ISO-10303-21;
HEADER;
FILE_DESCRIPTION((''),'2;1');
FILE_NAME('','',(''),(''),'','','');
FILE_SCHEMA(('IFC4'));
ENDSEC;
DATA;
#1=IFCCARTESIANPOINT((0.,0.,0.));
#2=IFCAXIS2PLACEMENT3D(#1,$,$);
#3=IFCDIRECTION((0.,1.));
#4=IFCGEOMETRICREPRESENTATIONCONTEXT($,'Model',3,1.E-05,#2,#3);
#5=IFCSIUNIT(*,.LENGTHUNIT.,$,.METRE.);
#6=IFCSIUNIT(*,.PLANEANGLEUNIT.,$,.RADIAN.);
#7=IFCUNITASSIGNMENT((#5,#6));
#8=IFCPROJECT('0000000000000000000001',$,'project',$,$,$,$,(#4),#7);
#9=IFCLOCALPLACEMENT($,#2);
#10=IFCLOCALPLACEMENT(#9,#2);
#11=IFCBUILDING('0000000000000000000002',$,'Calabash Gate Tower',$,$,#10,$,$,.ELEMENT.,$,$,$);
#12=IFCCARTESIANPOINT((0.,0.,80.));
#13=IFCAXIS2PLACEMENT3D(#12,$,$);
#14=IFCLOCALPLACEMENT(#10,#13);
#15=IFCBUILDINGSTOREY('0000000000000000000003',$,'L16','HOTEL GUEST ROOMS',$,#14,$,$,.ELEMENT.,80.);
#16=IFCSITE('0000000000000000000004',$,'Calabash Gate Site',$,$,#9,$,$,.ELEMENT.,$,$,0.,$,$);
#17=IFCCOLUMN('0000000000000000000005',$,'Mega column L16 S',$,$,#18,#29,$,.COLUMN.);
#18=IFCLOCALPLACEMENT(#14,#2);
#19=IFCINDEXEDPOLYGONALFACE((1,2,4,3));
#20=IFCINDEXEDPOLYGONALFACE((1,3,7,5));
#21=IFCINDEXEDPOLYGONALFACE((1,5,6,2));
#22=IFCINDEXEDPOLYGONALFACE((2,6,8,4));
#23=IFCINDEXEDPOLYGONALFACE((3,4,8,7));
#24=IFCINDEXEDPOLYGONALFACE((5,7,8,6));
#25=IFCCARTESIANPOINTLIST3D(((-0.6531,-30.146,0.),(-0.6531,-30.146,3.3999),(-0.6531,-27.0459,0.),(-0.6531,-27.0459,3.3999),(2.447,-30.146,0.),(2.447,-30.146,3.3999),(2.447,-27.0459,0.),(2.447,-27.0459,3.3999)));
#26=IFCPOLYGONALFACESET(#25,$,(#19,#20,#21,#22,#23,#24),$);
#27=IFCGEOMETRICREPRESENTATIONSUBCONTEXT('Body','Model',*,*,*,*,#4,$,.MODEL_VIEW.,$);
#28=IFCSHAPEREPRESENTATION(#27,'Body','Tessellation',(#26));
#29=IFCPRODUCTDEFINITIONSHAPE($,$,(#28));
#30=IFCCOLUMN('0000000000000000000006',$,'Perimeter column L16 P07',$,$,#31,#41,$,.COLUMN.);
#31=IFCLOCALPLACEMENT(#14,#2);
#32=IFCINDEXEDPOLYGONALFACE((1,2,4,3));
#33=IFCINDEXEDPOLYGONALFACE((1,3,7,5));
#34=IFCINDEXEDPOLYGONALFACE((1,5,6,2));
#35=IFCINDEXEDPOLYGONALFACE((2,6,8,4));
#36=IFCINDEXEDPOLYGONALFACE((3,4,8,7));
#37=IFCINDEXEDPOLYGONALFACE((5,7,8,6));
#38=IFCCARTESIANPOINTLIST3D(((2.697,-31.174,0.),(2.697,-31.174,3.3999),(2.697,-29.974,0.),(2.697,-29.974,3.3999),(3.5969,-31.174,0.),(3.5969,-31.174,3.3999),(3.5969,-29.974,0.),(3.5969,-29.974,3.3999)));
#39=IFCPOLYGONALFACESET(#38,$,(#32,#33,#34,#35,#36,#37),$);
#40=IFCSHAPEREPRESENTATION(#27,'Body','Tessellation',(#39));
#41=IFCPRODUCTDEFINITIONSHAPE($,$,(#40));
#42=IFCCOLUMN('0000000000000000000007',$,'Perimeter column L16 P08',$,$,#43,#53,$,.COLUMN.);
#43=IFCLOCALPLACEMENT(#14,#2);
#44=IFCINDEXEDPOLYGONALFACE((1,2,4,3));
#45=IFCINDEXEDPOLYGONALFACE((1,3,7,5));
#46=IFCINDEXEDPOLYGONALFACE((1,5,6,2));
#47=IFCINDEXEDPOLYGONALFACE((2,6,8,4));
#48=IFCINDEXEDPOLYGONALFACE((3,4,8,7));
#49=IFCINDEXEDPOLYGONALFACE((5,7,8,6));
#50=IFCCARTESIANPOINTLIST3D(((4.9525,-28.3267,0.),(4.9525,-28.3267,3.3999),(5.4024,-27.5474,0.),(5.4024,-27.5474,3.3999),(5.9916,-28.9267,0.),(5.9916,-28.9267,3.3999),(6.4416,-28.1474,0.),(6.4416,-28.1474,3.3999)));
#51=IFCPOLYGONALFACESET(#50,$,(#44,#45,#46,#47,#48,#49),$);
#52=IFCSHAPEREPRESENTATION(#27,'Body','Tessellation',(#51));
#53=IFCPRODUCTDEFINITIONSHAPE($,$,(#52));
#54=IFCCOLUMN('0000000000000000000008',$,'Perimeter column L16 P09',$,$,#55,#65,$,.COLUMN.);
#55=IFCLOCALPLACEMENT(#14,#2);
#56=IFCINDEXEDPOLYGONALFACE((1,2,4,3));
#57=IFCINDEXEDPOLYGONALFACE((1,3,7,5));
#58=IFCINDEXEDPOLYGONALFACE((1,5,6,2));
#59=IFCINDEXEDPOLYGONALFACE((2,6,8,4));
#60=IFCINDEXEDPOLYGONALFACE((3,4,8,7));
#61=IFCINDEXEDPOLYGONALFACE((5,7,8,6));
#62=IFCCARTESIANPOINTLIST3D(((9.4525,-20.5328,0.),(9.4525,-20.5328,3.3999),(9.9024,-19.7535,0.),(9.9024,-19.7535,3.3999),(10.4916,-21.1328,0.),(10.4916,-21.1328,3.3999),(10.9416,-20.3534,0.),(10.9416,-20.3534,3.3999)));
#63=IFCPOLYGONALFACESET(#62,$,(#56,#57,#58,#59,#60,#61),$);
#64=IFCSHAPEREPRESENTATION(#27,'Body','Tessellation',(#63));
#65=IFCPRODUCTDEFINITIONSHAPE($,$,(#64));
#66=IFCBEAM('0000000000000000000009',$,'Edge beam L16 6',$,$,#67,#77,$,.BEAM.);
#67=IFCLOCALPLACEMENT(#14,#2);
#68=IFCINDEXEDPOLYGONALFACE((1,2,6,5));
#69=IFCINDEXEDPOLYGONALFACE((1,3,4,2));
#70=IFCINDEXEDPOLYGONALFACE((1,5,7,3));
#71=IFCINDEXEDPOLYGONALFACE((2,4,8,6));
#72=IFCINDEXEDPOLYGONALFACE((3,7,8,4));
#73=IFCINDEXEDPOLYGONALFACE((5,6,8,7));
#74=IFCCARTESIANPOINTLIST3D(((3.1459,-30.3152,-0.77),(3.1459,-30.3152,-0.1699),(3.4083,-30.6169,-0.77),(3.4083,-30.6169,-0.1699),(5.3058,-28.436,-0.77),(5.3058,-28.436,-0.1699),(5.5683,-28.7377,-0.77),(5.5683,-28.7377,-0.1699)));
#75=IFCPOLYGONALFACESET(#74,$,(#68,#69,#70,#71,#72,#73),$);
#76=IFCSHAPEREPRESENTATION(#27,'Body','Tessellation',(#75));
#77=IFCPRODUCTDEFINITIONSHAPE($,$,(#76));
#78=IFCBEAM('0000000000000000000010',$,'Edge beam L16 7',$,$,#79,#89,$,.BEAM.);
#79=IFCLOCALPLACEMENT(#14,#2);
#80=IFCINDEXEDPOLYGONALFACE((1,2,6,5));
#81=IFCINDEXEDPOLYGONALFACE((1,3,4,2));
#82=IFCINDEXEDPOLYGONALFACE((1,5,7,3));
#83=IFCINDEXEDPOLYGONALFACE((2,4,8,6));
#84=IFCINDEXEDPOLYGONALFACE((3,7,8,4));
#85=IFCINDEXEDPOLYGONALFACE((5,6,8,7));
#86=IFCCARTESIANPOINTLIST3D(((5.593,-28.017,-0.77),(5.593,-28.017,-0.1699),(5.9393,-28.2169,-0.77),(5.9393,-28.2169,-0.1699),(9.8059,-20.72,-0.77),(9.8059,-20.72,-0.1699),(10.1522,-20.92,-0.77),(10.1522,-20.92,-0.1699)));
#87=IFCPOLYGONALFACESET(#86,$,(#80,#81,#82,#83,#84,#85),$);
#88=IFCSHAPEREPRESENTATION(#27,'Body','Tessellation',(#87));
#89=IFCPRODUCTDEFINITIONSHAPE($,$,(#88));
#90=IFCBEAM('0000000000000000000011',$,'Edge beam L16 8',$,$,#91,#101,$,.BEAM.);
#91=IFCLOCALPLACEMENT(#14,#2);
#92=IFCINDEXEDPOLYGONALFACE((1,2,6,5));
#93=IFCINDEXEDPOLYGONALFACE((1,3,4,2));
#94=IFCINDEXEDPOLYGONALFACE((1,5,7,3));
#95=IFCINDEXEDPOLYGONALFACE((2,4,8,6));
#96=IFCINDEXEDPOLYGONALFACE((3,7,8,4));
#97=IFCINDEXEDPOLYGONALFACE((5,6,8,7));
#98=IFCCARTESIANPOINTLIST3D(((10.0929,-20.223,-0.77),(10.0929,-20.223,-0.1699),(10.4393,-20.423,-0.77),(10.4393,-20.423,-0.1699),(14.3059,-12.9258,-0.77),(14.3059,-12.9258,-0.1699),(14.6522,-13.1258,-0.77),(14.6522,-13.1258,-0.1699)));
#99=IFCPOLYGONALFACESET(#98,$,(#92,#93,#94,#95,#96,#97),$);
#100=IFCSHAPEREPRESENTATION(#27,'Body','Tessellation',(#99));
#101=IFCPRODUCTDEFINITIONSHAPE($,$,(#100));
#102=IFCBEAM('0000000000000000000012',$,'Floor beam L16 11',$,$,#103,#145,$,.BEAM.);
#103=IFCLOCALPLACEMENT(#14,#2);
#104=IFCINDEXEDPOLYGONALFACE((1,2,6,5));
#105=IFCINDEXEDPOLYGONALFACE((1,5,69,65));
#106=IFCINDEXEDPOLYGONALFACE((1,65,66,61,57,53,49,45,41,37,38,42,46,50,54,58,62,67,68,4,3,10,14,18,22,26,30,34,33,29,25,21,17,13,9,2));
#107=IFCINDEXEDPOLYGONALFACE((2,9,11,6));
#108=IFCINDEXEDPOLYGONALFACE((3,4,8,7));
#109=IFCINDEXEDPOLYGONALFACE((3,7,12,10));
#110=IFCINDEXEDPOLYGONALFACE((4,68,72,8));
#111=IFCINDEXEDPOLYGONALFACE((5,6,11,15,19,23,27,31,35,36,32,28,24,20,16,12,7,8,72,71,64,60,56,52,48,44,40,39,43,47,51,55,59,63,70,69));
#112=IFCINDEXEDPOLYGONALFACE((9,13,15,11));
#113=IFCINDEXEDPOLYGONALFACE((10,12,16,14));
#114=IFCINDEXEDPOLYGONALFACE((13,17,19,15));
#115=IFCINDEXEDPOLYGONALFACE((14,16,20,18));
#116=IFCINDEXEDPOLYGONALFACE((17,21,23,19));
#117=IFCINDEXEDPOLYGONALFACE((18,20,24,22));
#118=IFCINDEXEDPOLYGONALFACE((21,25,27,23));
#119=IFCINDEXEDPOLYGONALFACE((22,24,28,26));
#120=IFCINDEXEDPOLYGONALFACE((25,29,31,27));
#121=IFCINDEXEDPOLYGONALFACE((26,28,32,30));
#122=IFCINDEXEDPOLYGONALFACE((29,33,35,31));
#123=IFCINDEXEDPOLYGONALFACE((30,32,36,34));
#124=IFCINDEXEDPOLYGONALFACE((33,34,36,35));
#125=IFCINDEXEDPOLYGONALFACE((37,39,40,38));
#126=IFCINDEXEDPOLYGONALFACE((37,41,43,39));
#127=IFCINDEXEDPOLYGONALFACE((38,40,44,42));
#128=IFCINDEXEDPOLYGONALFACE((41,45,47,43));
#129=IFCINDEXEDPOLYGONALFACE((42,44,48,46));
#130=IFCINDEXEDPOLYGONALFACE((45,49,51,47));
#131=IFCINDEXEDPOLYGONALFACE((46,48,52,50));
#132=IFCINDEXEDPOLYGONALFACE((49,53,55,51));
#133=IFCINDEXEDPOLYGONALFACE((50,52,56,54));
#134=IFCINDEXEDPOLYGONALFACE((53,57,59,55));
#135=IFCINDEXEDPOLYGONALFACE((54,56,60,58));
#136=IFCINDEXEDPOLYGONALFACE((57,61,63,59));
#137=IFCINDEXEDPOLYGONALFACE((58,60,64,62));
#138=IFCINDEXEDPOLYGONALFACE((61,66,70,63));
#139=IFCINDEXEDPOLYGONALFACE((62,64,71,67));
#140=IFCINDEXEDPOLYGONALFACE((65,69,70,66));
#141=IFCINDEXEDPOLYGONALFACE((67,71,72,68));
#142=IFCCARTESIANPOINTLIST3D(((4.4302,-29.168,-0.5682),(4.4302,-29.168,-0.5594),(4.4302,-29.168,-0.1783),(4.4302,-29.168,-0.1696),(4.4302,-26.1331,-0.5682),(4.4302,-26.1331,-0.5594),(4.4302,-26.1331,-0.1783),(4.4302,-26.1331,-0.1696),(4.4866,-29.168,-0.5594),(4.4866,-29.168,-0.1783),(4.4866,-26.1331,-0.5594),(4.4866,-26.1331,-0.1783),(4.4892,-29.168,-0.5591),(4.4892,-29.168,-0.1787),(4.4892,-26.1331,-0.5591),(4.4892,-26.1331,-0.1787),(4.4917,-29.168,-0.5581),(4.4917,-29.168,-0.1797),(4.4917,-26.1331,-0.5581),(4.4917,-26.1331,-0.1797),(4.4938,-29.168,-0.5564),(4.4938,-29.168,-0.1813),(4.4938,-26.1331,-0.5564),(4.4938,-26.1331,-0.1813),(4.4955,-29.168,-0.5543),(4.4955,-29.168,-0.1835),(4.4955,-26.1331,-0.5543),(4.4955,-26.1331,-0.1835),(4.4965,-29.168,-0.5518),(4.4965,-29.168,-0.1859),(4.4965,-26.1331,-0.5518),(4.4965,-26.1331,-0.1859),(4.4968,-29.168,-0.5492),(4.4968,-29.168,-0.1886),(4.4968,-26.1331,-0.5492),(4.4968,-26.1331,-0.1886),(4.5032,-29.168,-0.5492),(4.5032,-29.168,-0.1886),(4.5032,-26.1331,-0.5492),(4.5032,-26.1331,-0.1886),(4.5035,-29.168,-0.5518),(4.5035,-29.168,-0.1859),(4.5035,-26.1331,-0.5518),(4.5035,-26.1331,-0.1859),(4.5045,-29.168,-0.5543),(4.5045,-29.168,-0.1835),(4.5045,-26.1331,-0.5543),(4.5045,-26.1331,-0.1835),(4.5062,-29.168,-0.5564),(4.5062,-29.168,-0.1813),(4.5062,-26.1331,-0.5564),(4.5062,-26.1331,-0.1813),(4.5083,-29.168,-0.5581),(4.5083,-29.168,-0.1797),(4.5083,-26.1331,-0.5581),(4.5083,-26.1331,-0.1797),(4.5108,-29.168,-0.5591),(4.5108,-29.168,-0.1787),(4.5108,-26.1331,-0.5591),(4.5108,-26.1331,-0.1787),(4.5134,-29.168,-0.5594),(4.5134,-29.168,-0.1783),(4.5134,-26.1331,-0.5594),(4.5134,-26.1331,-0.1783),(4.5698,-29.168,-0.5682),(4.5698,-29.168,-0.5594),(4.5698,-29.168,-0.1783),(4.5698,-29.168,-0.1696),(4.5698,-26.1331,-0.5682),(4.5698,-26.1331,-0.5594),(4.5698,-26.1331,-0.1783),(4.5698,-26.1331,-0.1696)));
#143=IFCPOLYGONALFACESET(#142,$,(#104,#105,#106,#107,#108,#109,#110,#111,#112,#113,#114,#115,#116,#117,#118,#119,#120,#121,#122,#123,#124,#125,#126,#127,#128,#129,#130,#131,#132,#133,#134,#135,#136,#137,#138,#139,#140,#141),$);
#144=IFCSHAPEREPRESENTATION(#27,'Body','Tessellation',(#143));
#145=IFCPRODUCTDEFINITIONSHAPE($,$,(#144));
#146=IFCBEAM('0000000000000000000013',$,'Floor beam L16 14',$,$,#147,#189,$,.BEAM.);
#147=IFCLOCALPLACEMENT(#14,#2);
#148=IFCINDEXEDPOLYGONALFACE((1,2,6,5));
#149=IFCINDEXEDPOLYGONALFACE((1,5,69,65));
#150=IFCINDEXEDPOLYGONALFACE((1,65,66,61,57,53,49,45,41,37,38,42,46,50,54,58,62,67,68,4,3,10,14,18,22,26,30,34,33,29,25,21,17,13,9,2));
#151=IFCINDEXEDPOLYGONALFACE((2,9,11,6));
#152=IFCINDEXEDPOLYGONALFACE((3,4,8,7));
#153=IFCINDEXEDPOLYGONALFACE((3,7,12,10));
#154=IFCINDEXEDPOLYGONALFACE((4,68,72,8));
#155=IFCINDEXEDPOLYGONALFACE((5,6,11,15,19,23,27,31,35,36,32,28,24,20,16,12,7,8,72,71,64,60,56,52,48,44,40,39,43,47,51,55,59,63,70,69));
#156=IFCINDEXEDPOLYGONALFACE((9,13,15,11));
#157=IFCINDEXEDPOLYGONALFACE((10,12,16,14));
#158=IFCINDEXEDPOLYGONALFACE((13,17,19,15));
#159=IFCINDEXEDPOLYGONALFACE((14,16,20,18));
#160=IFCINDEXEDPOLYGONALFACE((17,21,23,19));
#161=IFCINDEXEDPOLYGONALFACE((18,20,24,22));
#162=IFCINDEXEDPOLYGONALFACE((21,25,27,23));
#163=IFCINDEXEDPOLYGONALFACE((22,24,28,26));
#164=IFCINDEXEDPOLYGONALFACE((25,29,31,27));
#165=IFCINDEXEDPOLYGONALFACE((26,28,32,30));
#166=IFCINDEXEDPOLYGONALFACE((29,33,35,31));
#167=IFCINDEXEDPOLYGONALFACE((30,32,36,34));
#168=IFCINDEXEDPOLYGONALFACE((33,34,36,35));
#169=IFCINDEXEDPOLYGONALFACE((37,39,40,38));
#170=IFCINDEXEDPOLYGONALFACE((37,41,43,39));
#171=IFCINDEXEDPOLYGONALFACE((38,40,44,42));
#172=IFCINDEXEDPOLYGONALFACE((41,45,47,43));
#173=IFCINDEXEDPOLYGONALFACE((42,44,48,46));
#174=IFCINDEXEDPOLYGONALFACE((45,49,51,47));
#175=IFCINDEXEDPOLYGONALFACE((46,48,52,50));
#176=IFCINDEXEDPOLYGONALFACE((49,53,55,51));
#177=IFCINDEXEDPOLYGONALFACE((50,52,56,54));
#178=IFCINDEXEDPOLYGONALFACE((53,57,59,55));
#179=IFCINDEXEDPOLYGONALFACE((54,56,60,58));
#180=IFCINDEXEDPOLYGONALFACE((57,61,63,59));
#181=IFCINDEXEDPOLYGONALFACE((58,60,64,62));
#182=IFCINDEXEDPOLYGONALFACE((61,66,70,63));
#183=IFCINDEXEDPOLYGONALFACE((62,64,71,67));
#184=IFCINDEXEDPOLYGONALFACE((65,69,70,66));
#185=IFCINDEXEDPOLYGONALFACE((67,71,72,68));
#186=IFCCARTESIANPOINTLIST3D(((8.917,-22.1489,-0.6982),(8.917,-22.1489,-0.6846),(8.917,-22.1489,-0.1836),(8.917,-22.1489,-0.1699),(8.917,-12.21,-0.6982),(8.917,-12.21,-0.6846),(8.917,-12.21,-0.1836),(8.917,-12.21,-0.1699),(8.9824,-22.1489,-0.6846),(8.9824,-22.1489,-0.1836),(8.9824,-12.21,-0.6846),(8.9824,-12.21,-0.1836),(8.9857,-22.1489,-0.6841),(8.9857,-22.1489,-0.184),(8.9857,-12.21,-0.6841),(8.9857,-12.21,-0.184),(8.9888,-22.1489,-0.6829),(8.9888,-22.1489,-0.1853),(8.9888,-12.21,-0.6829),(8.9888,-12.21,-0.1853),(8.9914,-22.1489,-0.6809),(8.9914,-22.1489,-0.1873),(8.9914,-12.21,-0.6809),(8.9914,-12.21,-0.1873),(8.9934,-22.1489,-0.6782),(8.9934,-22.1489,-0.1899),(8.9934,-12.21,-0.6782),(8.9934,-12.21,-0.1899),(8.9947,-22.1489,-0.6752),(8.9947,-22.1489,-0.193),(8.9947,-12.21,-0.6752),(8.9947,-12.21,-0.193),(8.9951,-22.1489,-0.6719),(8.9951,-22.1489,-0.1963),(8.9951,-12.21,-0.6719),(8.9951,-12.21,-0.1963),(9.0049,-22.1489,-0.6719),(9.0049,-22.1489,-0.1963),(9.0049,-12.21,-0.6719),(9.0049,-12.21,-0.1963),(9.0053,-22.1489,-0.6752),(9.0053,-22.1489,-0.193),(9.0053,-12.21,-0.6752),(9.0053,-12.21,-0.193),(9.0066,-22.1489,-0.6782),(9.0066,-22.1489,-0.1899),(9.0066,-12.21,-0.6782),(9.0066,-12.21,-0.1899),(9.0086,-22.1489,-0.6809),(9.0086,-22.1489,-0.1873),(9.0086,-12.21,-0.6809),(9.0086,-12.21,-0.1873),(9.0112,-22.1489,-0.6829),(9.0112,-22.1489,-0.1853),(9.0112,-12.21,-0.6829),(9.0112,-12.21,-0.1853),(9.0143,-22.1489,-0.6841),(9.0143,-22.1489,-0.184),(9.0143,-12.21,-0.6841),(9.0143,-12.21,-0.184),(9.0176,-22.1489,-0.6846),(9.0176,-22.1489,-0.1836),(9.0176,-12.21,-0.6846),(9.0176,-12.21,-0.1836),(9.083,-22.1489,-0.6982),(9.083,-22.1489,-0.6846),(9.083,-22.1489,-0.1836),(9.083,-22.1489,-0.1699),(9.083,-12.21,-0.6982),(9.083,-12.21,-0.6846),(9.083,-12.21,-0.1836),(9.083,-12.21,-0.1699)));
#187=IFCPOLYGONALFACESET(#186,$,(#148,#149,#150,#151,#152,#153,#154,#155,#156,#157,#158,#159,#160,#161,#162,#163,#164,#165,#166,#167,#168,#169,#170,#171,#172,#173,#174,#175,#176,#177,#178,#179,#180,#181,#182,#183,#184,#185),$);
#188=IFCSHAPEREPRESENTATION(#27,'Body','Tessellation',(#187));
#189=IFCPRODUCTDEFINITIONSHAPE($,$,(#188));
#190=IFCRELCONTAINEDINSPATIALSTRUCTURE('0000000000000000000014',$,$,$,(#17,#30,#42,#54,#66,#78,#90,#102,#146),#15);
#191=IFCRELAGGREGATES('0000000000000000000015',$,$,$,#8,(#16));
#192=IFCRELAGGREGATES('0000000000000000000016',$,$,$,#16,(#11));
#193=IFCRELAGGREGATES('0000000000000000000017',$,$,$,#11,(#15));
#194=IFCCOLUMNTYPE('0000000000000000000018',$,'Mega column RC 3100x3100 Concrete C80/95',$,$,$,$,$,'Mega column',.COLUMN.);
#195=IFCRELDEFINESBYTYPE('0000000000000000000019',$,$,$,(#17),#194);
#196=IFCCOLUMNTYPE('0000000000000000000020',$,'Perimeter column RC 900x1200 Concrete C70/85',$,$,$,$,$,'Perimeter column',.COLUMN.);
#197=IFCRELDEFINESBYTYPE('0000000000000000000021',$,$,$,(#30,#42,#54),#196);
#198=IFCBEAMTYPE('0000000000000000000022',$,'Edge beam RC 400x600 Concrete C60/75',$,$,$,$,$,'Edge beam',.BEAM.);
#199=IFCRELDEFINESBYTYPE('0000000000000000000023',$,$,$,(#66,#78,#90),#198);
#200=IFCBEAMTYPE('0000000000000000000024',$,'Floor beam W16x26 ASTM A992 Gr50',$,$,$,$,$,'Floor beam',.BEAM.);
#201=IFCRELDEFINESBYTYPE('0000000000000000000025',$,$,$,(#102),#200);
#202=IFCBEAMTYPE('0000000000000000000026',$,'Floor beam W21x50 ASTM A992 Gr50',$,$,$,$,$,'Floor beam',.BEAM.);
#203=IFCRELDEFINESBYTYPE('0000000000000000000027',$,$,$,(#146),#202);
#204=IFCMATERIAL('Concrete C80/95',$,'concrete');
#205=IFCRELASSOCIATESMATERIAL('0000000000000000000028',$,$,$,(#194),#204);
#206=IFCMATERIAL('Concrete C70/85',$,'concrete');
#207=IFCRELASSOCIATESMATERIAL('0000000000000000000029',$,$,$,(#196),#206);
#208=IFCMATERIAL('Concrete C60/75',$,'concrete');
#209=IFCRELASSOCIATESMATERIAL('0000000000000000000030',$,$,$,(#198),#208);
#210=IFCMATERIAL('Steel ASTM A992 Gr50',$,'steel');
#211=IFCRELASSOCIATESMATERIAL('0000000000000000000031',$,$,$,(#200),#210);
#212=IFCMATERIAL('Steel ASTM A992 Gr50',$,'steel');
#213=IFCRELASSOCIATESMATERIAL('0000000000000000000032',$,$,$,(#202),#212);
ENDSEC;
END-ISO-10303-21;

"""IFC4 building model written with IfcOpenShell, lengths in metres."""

from ifc_helpers import new_model, si_unit, direction, frame, origin, origin_2d, place, context, subcontext, project, spatial, rectangle, i_section, extrude, material, material_profile, profile_set, type_object, element, save


model = new_model("IFC4")

# Units and contexts
model_context = context("Model", 3, precision=1e-05, world=origin(), true_north=direction((0.0, 1.0)))
body_context = subcontext(model_context, "Body", "Model", "MODEL_VIEW")
ifc_project = project(units=[si_unit("LENGTHUNIT", "METRE"), si_unit("PLANEANGLEUNIT", "RADIAN")], contexts=[model_context])

# Site, building, storey
site_placement = place(None, origin())
site = spatial("IfcSite", under=ifc_project, at=site_placement, Name="Calabash Gate Site", CompositionType="ELEMENT", RefElevation=0.0)
building_placement = place(site_placement, origin())
building = spatial("IfcBuilding", under=site, at=building_placement, Name="Calabash Gate Tower", CompositionType="ELEMENT")
storey_placement = place(building_placement, frame((0.0, 0.0, 80.0)))
storey = spatial("IfcBuildingStorey", under=building, at=storey_placement, Name="L16", Description="HOTEL GUEST ROOMS", CompositionType="ELEMENT", Elevation=80.0)

# Columns
ifc_material_1 = material(Name="Concrete C80/95", Category="concrete")
ifc_material_profile_1 = material_profile(ifc_material_1, rectangle(XDim=3.1001, YDim=3.1001, at=origin_2d()))
ifc_profile_set_1 = profile_set([ifc_material_profile_1], Name="Concrete C80/95")
column_type_1 = type_object("IfcColumnType", Name="Mega column RC 3100x3100 Concrete C80/95", ElementType="Mega column", PredefinedType="COLUMN", material=ifc_profile_set_1)
column_placement = place(storey_placement, frame((0.897, -28.5959, 0.0), z_axis=(0.0, 0.0, 1.0), x_axis=(0.0, 1.0, 0.0)))
element("IfcColumn", 1, at=column_placement, inside=storey, type_object=column_type_1, Name="Mega column L16 S", PredefinedType="COLUMN", context=body_context, shape_type="SweptSolid", body=[
    extrude(rectangle(XDim=3.1001, YDim=3.1001, at=origin_2d()), origin(), (0.0, 0.0, 1.0), 3.3999),
])
ifc_material_2 = material(Name="Concrete C70/85", Category="concrete")
ifc_material_profile_2 = material_profile(ifc_material_2, rectangle(XDim=0.8999, YDim=1.2, at=origin_2d()))
ifc_profile_set_2 = profile_set([ifc_material_profile_2], Name="Concrete C70/85")
column_type_2 = type_object("IfcColumnType", Name="Perimeter column RC 900x1200 Concrete C70/85", ElementType="Perimeter column", PredefinedType="COLUMN", material=ifc_profile_set_2)
for number, where, z_axis, x_axis, name in (
    (2, (3.147, -30.574, 0.0), (0.0, 0.0, 1.0), (1.0, 0.0, 0.0), "Perimeter column L16 P07"),
    (3, (5.697, -28.2371, 0.0), (0.0, 0.0, 1.0), (0.5, 0.866025, 0.0), "Perimeter column L16 P08"),
    (4, (10.197, -20.4431, 0.0), (0.0, 0.0, 1.0), (0.5, 0.866025, 0.0), "Perimeter column L16 P09"),
):
    element("IfcColumn", number, at=place(storey_placement, frame(where, z_axis=z_axis, x_axis=x_axis)), inside=storey, type_object=column_type_2, Name=name, PredefinedType="COLUMN", context=body_context, shape_type="SweptSolid", body=[
        extrude(rectangle(XDim=0.8999, YDim=1.2, at=origin_2d()), origin(), (0.0, 0.0, 1.0), 3.3999),
    ])

# Beams
ifc_material_3 = material(Name="Concrete C60/75", Category="concrete")
ifc_material_profile_3 = material_profile(ifc_material_3, rectangle(XDim=0.3999, YDim=0.6001, at=origin_2d()))
ifc_profile_set_3 = profile_set([ifc_material_profile_3], Name="Concrete C60/75")
beam_type_1 = type_object("IfcBeamType", Name="Edge beam RC 400x600 Concrete C60/75", ElementType="Edge beam", PredefinedType="BEAM", material=ifc_profile_set_3)
beam_1_placement = place(storey_placement, frame((3.2771, -30.4661, -0.47), z_axis=(0.754438, 0.656371, 0.0), x_axis=(-0.656371, 0.754438, 0.0)))
element("IfcBeam", 5, at=beam_1_placement, inside=storey, type_object=beam_type_1, Name="Edge beam L16 6", PredefinedType="BEAM", context=body_context, shape_type="SweptSolid", body=[
    extrude(rectangle(XDim=0.3999, YDim=0.6001, at=origin_2d()), origin(), (0.0, 0.0, 1.0), 2.863),
])
beam_2_placement = place(storey_placement, frame((5.7661, -28.1169, -0.47), z_axis=(0.500003, 0.866023, 0.0), x_axis=(-0.866023, 0.500003, 0.0)))
element("IfcBeam", 6, at=beam_2_placement, inside=storey, type_object=beam_type_1, Name="Edge beam L16 7", PredefinedType="BEAM", context=body_context, shape_type="SweptSolid", body=[
    extrude(rectangle(XDim=0.3999, YDim=0.6001, at=origin_2d()), origin(), (0.0, 0.0, 1.0), 8.4258),
])
beam_3_placement = place(storey_placement, frame((10.2661, -20.323, -0.47), z_axis=(0.499991, 0.866031, 0.0), x_axis=(-0.866031, 0.499991, 0.0)))
element("IfcBeam", 7, at=beam_3_placement, inside=storey, type_object=beam_type_1, Name="Edge beam L16 8", PredefinedType="BEAM", context=body_context, shape_type="SweptSolid", body=[
    extrude(rectangle(XDim=0.3999, YDim=0.6001, at=origin_2d()), origin(), (0.0, 0.0, 1.0), 8.426),
])
ifc_material_4 = material(Name="Steel ASTM A992 Gr50", Category="steel")
ifc_material_profile_4 = material_profile(ifc_material_4, i_section(OverallWidth=0.1396, OverallDepth=0.3987, WebThickness=0.0063, FlangeThickness=0.0088, FilletRadius=0.0103, at=origin_2d()))
ifc_profile_set_4 = profile_set([ifc_material_profile_4], Name="Steel ASTM A992 Gr50")
beam_type_2 = type_object("IfcBeamType", Name="Floor beam W16x26 ASTM A992 Gr50", ElementType="Floor beam", PredefinedType="BEAM", material=ifc_profile_set_4)
beam_4_placement = place(storey_placement, frame((4.5, -29.168, -0.3689), z_axis=(0.0, 1.0, 0.0), x_axis=(-1.0, 0.0, 0.0)))
element("IfcBeam", 8, at=beam_4_placement, inside=storey, type_object=beam_type_2, Name="Floor beam L16 11", PredefinedType="BEAM", context=body_context, shape_type="SweptSolid", body=[
    extrude(i_section(OverallWidth=0.1396, OverallDepth=0.3987, WebThickness=0.0063, FlangeThickness=0.0088, FilletRadius=0.0103, at=origin_2d()), origin(), (0.0, 0.0, 1.0), 3.0349),
])
ifc_material_5 = material(Name="Steel ASTM A992 Gr50", Category="steel")
ifc_material_profile_5 = material_profile(ifc_material_5, i_section(OverallWidth=0.166, OverallDepth=0.5283, WebThickness=0.0098, FlangeThickness=0.0137, FilletRadius=0.0127, at=origin_2d()))
ifc_profile_set_5 = profile_set([ifc_material_profile_5], Name="Steel ASTM A992 Gr50")
beam_type_3 = type_object("IfcBeamType", Name="Floor beam W21x50 ASTM A992 Gr50", ElementType="Floor beam", PredefinedType="BEAM", material=ifc_profile_set_5)
beam_5_placement = place(storey_placement, frame((9.0, -22.1489, -0.4341), z_axis=(0.0, 1.0, 0.0), x_axis=(-1.0, 0.0, 0.0)))
element("IfcBeam", 9, at=beam_5_placement, inside=storey, type_object=beam_type_3, Name="Floor beam L16 14", PredefinedType="BEAM", context=body_context, shape_type="SweptSolid", body=[
    extrude(i_section(OverallWidth=0.166, OverallDepth=0.5283, WebThickness=0.0098, FlangeThickness=0.0137, FilletRadius=0.0127, at=origin_2d()), origin(), (0.0, 0.0, 1.0), 9.939),
])

save(model, "model.ifc")
